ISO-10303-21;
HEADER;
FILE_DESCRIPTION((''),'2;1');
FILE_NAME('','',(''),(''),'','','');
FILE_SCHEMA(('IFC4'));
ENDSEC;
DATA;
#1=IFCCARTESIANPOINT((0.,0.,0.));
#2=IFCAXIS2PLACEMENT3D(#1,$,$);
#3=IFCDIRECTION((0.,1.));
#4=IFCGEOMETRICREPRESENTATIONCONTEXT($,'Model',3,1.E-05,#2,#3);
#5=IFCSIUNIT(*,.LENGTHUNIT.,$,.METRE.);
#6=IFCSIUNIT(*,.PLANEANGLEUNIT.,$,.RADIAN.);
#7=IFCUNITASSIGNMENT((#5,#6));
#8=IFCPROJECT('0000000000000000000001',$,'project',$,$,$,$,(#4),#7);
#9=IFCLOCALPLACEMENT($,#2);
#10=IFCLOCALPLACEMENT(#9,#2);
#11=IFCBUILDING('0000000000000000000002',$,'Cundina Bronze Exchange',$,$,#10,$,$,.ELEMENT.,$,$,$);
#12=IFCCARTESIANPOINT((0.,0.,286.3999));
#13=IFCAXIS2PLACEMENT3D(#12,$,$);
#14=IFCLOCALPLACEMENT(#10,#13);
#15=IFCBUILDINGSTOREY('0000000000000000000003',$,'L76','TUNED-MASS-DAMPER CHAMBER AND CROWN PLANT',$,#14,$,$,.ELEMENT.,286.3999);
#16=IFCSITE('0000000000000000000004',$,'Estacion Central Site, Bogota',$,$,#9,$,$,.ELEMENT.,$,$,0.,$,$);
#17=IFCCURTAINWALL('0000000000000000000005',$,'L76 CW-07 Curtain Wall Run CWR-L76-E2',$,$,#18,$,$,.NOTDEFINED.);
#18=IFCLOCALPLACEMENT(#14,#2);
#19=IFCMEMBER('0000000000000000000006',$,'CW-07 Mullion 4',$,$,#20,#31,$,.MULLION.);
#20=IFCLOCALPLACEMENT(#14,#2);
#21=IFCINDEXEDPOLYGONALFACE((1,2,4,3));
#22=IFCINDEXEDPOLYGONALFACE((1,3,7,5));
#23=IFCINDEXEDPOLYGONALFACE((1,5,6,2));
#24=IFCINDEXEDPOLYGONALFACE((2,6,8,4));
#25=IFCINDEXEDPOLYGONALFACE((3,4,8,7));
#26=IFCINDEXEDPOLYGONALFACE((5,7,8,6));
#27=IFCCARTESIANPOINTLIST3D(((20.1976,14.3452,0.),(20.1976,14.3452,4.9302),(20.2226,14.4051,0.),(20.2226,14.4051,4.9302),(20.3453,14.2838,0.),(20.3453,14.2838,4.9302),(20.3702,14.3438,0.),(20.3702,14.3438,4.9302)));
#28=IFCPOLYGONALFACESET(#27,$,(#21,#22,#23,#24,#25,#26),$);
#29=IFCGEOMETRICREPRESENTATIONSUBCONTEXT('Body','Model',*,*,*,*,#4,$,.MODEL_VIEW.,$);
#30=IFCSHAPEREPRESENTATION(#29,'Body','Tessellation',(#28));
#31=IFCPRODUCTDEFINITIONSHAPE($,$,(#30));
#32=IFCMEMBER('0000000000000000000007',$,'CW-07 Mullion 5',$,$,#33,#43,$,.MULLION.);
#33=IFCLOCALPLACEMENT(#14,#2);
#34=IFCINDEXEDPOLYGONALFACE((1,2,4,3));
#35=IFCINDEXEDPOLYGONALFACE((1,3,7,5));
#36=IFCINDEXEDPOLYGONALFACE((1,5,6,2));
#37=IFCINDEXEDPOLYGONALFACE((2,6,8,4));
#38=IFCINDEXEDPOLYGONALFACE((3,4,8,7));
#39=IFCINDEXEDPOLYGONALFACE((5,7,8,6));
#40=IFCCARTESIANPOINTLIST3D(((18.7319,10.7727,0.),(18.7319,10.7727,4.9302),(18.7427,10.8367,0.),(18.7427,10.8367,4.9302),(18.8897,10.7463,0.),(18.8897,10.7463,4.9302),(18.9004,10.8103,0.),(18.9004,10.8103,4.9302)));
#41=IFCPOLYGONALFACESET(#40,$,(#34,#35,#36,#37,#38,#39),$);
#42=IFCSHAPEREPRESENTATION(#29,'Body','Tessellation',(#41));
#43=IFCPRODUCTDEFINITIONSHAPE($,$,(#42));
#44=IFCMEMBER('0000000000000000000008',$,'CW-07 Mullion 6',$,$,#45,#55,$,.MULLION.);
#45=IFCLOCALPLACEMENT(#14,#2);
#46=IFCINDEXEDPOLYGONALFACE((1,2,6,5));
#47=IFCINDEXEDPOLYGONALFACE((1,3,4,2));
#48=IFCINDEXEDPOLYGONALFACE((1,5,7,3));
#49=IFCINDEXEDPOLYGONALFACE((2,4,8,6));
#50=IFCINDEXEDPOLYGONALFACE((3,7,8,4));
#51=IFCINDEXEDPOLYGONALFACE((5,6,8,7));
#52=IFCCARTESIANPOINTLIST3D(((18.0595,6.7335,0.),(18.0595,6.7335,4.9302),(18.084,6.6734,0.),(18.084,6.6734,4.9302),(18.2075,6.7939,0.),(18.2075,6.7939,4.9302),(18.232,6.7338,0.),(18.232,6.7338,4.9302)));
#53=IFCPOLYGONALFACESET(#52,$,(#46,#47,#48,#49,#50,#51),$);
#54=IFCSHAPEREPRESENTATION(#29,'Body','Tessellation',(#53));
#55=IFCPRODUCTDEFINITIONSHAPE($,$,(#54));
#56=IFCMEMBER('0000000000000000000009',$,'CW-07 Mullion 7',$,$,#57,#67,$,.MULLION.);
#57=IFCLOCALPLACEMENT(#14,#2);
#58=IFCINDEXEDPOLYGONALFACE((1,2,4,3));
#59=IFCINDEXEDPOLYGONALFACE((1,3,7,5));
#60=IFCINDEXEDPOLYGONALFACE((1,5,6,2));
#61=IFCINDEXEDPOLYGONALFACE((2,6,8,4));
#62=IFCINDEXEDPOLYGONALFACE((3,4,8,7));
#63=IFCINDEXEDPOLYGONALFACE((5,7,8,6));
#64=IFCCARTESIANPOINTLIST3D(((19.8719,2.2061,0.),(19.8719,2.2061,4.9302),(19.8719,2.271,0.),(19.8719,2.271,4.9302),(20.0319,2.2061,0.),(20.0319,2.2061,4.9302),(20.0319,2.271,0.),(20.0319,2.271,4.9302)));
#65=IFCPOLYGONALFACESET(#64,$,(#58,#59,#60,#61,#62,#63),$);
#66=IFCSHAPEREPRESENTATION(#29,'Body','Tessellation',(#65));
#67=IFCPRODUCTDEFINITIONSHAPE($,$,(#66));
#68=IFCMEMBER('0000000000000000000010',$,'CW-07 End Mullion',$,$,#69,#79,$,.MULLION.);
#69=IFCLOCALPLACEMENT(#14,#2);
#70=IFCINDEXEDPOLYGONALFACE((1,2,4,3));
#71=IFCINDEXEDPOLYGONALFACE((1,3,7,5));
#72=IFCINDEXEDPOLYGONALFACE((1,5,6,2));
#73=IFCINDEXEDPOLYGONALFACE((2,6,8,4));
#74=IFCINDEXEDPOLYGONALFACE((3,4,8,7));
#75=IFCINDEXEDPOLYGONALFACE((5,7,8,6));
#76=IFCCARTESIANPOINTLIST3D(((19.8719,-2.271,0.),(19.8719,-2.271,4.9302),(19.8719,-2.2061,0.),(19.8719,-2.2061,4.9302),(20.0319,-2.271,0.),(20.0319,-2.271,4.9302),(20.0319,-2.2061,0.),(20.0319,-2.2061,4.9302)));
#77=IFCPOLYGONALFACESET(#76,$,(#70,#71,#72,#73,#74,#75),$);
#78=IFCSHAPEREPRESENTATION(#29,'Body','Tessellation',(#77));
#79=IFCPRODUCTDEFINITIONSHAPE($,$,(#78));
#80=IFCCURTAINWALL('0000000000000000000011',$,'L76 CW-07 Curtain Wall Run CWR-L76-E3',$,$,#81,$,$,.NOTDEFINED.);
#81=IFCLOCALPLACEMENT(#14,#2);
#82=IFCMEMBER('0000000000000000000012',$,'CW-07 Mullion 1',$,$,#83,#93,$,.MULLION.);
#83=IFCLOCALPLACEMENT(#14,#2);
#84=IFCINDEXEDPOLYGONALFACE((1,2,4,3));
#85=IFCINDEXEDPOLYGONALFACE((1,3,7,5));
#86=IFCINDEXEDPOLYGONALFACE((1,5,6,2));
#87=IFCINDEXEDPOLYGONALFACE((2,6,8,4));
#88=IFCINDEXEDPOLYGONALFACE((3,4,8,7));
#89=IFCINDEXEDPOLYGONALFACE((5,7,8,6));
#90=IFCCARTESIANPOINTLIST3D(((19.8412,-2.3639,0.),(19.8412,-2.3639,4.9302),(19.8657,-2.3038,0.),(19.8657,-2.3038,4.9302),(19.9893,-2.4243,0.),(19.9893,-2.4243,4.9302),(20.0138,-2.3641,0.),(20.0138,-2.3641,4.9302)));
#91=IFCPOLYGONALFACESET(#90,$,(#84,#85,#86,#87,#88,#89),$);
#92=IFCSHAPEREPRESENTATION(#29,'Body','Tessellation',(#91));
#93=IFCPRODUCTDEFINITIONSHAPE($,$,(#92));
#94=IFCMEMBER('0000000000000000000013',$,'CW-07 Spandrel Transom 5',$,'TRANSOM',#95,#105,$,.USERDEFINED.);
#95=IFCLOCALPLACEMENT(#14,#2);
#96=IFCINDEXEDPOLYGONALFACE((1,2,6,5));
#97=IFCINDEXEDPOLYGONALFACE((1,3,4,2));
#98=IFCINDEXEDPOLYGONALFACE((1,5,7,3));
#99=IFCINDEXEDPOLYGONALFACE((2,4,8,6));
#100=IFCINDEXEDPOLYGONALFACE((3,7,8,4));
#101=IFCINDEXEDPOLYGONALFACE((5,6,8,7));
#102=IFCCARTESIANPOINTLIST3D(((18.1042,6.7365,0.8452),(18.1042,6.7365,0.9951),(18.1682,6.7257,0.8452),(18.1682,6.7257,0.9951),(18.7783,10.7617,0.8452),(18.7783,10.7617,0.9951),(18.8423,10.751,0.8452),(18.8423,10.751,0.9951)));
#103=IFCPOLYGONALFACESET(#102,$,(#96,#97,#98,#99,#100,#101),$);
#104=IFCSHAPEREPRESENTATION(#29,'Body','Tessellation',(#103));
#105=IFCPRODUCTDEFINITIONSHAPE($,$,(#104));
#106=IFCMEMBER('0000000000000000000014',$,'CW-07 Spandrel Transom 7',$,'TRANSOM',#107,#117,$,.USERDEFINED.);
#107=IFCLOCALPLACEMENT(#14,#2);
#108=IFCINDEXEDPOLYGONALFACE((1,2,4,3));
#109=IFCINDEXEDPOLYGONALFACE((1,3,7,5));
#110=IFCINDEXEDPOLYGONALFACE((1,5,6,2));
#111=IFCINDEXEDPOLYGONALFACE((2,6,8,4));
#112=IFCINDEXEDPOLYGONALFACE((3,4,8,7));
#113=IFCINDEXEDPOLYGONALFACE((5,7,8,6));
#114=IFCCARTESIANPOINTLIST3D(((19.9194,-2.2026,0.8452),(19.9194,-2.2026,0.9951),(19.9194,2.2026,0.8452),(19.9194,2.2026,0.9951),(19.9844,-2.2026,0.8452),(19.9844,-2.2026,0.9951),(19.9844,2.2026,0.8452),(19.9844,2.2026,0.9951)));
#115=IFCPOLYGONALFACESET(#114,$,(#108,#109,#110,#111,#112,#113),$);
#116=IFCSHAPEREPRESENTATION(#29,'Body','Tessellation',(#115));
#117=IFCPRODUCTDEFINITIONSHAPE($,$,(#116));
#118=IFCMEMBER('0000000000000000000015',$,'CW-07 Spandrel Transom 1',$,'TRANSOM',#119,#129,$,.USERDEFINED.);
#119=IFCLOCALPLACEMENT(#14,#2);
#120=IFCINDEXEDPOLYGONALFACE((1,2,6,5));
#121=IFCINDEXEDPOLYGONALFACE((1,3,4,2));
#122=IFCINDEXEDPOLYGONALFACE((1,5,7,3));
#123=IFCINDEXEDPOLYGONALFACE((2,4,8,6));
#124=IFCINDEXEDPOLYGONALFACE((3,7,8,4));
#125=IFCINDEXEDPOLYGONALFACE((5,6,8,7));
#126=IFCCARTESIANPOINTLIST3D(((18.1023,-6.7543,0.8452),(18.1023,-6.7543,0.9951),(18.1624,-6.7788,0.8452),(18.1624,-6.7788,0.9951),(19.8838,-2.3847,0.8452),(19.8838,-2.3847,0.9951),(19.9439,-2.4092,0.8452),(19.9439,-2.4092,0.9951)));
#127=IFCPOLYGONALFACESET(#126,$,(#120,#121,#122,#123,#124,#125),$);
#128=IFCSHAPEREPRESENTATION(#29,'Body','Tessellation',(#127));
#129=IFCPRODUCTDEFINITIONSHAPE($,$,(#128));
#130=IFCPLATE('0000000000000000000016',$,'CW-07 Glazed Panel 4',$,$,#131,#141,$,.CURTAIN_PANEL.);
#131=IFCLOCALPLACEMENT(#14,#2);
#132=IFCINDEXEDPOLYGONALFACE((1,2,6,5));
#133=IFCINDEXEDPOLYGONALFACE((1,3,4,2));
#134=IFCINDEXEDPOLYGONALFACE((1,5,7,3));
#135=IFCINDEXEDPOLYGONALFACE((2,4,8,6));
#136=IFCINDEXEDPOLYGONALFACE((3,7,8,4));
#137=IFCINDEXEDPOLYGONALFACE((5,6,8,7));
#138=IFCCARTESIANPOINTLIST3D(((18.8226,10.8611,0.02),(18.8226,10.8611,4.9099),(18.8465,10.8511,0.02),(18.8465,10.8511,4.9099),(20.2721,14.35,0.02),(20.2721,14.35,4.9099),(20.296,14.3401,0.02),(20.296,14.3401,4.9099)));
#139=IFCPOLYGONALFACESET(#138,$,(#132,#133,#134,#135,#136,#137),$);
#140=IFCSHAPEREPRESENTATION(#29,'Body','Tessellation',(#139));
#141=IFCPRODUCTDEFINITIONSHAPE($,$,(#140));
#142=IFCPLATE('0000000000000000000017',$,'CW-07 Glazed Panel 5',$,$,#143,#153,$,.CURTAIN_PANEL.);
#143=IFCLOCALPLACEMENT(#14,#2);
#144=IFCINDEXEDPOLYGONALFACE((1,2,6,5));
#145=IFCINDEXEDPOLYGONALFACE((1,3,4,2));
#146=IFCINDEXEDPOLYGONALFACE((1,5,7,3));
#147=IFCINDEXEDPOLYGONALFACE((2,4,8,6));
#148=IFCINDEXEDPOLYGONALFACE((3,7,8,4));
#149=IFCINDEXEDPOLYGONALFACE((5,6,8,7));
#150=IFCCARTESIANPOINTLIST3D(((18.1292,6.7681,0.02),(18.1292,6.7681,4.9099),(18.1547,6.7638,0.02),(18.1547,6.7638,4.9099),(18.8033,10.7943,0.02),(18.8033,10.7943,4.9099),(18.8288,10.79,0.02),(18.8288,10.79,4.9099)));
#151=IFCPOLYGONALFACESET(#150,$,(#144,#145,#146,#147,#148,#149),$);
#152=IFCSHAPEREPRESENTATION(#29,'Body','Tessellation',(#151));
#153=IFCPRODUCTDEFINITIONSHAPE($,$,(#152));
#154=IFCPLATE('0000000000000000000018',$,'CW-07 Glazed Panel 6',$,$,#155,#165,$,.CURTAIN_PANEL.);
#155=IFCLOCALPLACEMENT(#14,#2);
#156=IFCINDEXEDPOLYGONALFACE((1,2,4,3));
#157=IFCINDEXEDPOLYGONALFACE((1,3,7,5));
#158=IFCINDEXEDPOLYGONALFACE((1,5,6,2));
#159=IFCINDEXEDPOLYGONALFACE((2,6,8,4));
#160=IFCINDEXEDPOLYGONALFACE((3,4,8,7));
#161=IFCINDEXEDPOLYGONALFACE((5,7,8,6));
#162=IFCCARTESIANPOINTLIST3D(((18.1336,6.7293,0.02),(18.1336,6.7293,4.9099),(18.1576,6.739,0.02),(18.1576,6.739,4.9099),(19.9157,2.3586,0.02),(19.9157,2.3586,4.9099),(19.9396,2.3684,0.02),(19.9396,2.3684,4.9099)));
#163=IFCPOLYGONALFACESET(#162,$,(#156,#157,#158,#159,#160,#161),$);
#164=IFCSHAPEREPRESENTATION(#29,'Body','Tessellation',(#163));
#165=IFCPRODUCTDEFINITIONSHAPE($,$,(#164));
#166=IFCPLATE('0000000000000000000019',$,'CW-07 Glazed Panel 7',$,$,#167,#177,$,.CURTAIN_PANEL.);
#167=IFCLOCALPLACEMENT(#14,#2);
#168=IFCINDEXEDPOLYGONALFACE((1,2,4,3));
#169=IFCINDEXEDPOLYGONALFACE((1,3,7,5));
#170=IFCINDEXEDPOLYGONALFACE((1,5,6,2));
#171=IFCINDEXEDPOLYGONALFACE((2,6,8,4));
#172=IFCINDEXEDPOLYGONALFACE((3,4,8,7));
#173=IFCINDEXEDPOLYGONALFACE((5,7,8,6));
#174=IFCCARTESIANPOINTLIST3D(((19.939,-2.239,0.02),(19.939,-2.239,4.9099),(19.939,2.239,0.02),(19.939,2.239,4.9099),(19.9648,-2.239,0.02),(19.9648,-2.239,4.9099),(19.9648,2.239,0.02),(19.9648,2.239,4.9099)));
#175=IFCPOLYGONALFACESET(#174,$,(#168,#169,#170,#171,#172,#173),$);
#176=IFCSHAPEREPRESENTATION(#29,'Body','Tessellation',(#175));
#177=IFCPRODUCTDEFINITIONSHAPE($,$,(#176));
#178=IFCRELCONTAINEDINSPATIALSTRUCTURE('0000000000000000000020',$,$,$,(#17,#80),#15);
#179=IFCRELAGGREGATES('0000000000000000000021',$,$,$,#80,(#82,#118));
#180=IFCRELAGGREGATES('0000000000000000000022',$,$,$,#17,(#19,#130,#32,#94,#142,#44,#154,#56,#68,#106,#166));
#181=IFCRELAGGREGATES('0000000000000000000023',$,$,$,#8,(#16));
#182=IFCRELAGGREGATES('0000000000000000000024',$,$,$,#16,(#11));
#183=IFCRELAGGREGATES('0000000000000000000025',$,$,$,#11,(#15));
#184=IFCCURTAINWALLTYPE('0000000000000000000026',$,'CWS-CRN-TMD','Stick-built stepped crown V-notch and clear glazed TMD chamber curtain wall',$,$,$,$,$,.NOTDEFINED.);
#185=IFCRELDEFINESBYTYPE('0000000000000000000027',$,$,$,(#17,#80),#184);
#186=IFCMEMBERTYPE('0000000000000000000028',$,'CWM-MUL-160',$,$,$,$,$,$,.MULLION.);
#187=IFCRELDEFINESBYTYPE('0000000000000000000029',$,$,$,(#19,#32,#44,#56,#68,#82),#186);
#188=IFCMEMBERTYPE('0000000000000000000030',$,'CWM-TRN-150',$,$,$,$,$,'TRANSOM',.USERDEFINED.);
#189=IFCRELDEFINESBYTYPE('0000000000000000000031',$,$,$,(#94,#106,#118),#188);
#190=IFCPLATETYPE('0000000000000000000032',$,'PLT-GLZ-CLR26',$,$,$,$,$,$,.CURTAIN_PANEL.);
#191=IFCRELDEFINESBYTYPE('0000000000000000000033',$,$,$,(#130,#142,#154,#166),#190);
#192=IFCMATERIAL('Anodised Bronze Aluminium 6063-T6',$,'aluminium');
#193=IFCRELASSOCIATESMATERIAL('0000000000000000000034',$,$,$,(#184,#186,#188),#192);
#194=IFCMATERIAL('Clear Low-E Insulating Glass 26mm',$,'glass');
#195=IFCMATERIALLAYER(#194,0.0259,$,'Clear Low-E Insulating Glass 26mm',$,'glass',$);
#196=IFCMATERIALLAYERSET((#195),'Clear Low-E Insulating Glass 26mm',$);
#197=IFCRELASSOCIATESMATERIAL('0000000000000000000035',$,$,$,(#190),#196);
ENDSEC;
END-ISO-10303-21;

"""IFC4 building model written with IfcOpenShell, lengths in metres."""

from ifc_helpers import new_model, si_unit, direction, frame, origin, origin_2d, place, context, subcontext, project, spatial, rectangle, extrude, material, layer, layer_set, material_profile, profile_set, type_object, element, aggregate, save


model = new_model("IFC4")

# Units and contexts
model_context = context("Model", 3, precision=1e-05, world=origin(), true_north=direction((0.0, 1.0)))
body_context = subcontext(model_context, "Body", "Model", "MODEL_VIEW")
ifc_project = project(units=[si_unit("LENGTHUNIT", "METRE"), si_unit("PLANEANGLEUNIT", "RADIAN")], contexts=[model_context])

# Site, building, storey
site_placement = place(None, origin())
site = spatial("IfcSite", under=ifc_project, at=site_placement, Name="Estacion Central Site, Bogota", CompositionType="ELEMENT", RefElevation=0.0)
building_placement = place(site_placement, origin())
building = spatial("IfcBuilding", under=site, at=building_placement, Name="Cundina Bronze Exchange", CompositionType="ELEMENT")
storey_placement = place(building_placement, frame((0.0, 0.0, 286.3999)))
storey = spatial("IfcBuildingStorey", under=building, at=storey_placement, Name="L76", Description="TUNED-MASS-DAMPER CHAMBER AND CROWN PLANT", CompositionType="ELEMENT", Elevation=286.3999)

# Curtain wall, members
ifc_material_1 = material(Name="Anodised Bronze Aluminium 6063-T6", Category="aluminium")
curtain_wall_type = type_object("IfcCurtainWallType", Name="CWS-CRN-TMD", Description="Stick-built stepped crown V-notch and clear glazed TMD chamber curtain wall", PredefinedType="NOTDEFINED", material=ifc_material_1)
curtain_wall_1_placement = place(storey_placement, origin())
curtain_wall_1 = element("IfcCurtainWall", 1, at=curtain_wall_1_placement, inside=storey, type_object=curtain_wall_type, Name="L76 CW-07 Curtain Wall Run CWR-L76-E2", PredefinedType="NOTDEFINED")
ifc_material_profile_1 = material_profile(ifc_material_1, rectangle(XDim=0.0649, YDim=0.1599, at=origin_2d()), Name="AL65X160", Category="aluminium")
ifc_profile_set_1 = profile_set([ifc_material_profile_1], Name="Anodised Bronze Aluminium 6063-T6")
member_type_1 = type_object("IfcMemberType", Name="CWM-MUL-160", PredefinedType="MULLION", material=ifc_profile_set_1)
member_1_placement = place(storey_placement, frame((20.2839, 14.3445, 0.0), z_axis=(0.0, 0.0, 1.0), x_axis=(-0.383651, -0.923478, 0.0)))
member_1 = element("IfcMember", 2, at=member_1_placement, type_object=member_type_1, Name="CW-07 Mullion 4", PredefinedType="MULLION", context=body_context, shape_type="SweptSolid", body=[
    extrude(rectangle(XDim=0.0649, YDim=0.1599, at=origin_2d()), origin(), (0.0, 0.0, 1.0), 4.9302),
])
member_2_placement = place(storey_placement, frame((18.8162, 10.7915, 0.0), z_axis=(0.0, 0.0, 1.0), x_axis=(-0.165048, -0.986286, 0.0)))
member_2 = element("IfcMember", 3, at=member_2_placement, type_object=member_type_1, Name="CW-07 Mullion 5", PredefinedType="MULLION", context=body_context, shape_type="SweptSolid", body=[
    extrude(rectangle(XDim=0.0649, YDim=0.1599, at=origin_2d()), origin(), (0.0, 0.0, 1.0), 4.9302),
])
member_3_placement = place(storey_placement, frame((18.1458, 6.7336, 0.0), z_axis=(0.0, 0.0, 1.0), x_axis=(0.377518, -0.926002, 0.0)))
member_3 = element("IfcMember", 4, at=member_3_placement, type_object=member_type_1, Name="CW-07 Mullion 6", PredefinedType="MULLION", context=body_context, shape_type="SweptSolid", body=[
    extrude(rectangle(XDim=0.0649, YDim=0.1599, at=origin_2d()), origin(), (0.0, 0.0, 1.0), 4.9302),
])
member_4_placement = place(storey_placement, frame((19.9519, 2.2385, 0.0), z_axis=(0.0, 0.0, 1.0), x_axis=(0.0, -1.0, 0.0)))
member_4 = element("IfcMember", 5, at=member_4_placement, type_object=member_type_1, Name="CW-07 Mullion 7", PredefinedType="MULLION", context=body_context, shape_type="SweptSolid", body=[
    extrude(rectangle(XDim=0.0649, YDim=0.1599, at=origin_2d()), origin(), (0.0, 0.0, 1.0), 4.9302),
])
member_5_placement = place(storey_placement, frame((19.9519, -2.2385, 0.0), z_axis=(0.0, 0.0, 1.0), x_axis=(0.0, -1.0, 0.0)))
member_5 = element("IfcMember", 6, at=member_5_placement, type_object=member_type_1, Name="CW-07 End Mullion", PredefinedType="MULLION", context=body_context, shape_type="SweptSolid", body=[
    extrude(rectangle(XDim=0.0649, YDim=0.1599, at=origin_2d()), origin(), (0.0, 0.0, 1.0), 4.9302),
])

# Curtain wall, member
curtain_wall_2_placement = place(storey_placement, origin())
curtain_wall_2 = element("IfcCurtainWall", 7, at=curtain_wall_2_placement, inside=storey, type_object=curtain_wall_type, Name="L76 CW-07 Curtain Wall Run CWR-L76-E3", PredefinedType="NOTDEFINED")
member_6_placement = place(storey_placement, frame((19.9275, -2.364, 0.0), z_axis=(0.0, 0.0, 1.0), x_axis=(-0.377518, -0.926002, 0.0)))
member_6 = element("IfcMember", 8, at=member_6_placement, type_object=member_type_1, Name="CW-07 Mullion 1", PredefinedType="MULLION", context=body_context, shape_type="SweptSolid", body=[
    extrude(rectangle(XDim=0.0649, YDim=0.1599, at=origin_2d()), origin(), (0.0, 0.0, 1.0), 4.9302),
])

# Members
ifc_material_profile_2 = material_profile(ifc_material_1, rectangle(XDim=0.0649, YDim=0.1499, at=origin_2d()), Name="AL65X150", Category="aluminium")
ifc_profile_set_2 = profile_set([ifc_material_profile_2], Name="Anodised Bronze Aluminium 6063-T6")
member_type_2 = type_object("IfcMemberType", Name="CWM-TRN-150", ElementType="TRANSOM", PredefinedType="USERDEFINED", material=ifc_profile_set_2)
member_7_placement = place(storey_placement, frame((18.8103, 10.7563, 0.9202), z_axis=(-0.165165, -0.986266, 0.0), x_axis=(0.986266, -0.165165, 0.0)))
member_7 = element("IfcMember", 9, at=member_7_placement, type_object=member_type_2, Name="CW-07 Spandrel Transom 5", ObjectType="TRANSOM", PredefinedType="USERDEFINED", context=body_context, shape_type="SweptSolid", body=[
    extrude(rectangle(XDim=0.0649, YDim=0.1499, at=origin_2d()), origin(), (0.0, 0.0, 1.0), 4.0813),
])
member_8_placement = place(storey_placement, frame((19.9519, 2.2026, 0.9202), z_axis=(0.0, -1.0, 0.0), x_axis=(1.0, 0.0, 0.0)))
member_8 = element("IfcMember", 10, at=member_8_placement, type_object=member_type_2, Name="CW-07 Spandrel Transom 7", ObjectType="TRANSOM", PredefinedType="USERDEFINED", context=body_context, shape_type="SweptSolid", body=[
    extrude(rectangle(XDim=0.0649, YDim=0.1499, at=origin_2d()), origin(), (0.0, 0.0, 1.0), 4.4053),
])
member_9_placement = place(storey_placement, frame((19.9138, -2.397, 0.9202), z_axis=(-0.377529, -0.925998, 0.0), x_axis=(0.925998, -0.377529, 0.0)))
member_9 = element("IfcMember", 11, at=member_9_placement, type_object=member_type_2, Name="CW-07 Spandrel Transom 1", ObjectType="TRANSOM", PredefinedType="USERDEFINED", context=body_context, shape_type="SweptSolid", body=[
    extrude(rectangle(XDim=0.0649, YDim=0.1499, at=origin_2d()), origin(), (0.0, 0.0, 1.0), 4.7188),
])
aggregate(curtain_wall_2, [member_6, member_9])

# Plates
ifc_material_2 = material(Name="Clear Low-E Insulating Glass 26mm", Category="glass")
ifc_layer_1 = layer(ifc_material_2, 0.0259, Name="Clear Low-E Insulating Glass 26mm", Category="glass")
ifc_layer_set_1 = layer_set([ifc_layer_1], Name="Clear Low-E Insulating Glass 26mm")
plate_type = type_object("IfcPlateType", Name="PLT-GLZ-CLR26", PredefinedType="CURTAIN_PANEL", material=ifc_layer_set_1)
plate_1_placement = place(storey_placement, frame((19.5593, 12.6006, 0.02), z_axis=(0.0, 0.0, 1.0), x_axis=(-0.383667, -0.923472, 0.0)))
plate_1 = element("IfcPlate", 12, at=plate_1_placement, type_object=plate_type, Name="CW-07 Glazed Panel 4", PredefinedType="CURTAIN_PANEL", context=body_context, shape_type="SweptSolid", body=[
    extrude(rectangle(XDim=3.7781, YDim=0.0259, at=origin_2d()), origin(), (0.0, 0.0, 1.0), 4.8899),
])
plate_2_placement = place(storey_placement, frame((18.479, 8.7791, 0.02), z_axis=(0.0, 0.0, 1.0), x_axis=(-0.165134, -0.986271, 0.0)))
plate_2 = element("IfcPlate", 13, at=plate_2_placement, type_object=plate_type, Name="CW-07 Glazed Panel 5", PredefinedType="CURTAIN_PANEL", context=body_context, shape_type="SweptSolid", body=[
    extrude(rectangle(XDim=4.0823, YDim=0.0259, at=origin_2d()), origin(), (0.0, 0.0, 1.0), 4.8899),
])
plate_3_placement = place(storey_placement, frame((19.0366, 4.5488, 0.02), z_axis=(0.0, 0.0, 1.0), x_axis=(0.37755, -0.925989, 0.0)))
plate_3 = element("IfcPlate", 14, at=plate_3_placement, type_object=plate_type, Name="CW-07 Glazed Panel 6", PredefinedType="CURTAIN_PANEL", context=body_context, shape_type="SweptSolid", body=[
    extrude(rectangle(XDim=4.72, YDim=0.0259, at=origin_2d()), origin(), (0.0, 0.0, 1.0), 4.8899),
])
plate_4_placement = place(storey_placement, frame((19.9519, 0.0, 0.02), z_axis=(0.0, 0.0, 1.0), x_axis=(0.0, -1.0, 0.0)))
plate_4 = element("IfcPlate", 15, at=plate_4_placement, type_object=plate_type, Name="CW-07 Glazed Panel 7", PredefinedType="CURTAIN_PANEL", context=body_context, shape_type="SweptSolid", body=[
    extrude(rectangle(XDim=4.478, YDim=0.0259, at=origin_2d()), origin(), (0.0, 0.0, 1.0), 4.8899),
])
aggregate(curtain_wall_1, [member_1, plate_1, member_2, member_7, plate_2, member_3, plate_3, member_4, member_5, member_8, plate_4])

save(model, "model.ifc")
